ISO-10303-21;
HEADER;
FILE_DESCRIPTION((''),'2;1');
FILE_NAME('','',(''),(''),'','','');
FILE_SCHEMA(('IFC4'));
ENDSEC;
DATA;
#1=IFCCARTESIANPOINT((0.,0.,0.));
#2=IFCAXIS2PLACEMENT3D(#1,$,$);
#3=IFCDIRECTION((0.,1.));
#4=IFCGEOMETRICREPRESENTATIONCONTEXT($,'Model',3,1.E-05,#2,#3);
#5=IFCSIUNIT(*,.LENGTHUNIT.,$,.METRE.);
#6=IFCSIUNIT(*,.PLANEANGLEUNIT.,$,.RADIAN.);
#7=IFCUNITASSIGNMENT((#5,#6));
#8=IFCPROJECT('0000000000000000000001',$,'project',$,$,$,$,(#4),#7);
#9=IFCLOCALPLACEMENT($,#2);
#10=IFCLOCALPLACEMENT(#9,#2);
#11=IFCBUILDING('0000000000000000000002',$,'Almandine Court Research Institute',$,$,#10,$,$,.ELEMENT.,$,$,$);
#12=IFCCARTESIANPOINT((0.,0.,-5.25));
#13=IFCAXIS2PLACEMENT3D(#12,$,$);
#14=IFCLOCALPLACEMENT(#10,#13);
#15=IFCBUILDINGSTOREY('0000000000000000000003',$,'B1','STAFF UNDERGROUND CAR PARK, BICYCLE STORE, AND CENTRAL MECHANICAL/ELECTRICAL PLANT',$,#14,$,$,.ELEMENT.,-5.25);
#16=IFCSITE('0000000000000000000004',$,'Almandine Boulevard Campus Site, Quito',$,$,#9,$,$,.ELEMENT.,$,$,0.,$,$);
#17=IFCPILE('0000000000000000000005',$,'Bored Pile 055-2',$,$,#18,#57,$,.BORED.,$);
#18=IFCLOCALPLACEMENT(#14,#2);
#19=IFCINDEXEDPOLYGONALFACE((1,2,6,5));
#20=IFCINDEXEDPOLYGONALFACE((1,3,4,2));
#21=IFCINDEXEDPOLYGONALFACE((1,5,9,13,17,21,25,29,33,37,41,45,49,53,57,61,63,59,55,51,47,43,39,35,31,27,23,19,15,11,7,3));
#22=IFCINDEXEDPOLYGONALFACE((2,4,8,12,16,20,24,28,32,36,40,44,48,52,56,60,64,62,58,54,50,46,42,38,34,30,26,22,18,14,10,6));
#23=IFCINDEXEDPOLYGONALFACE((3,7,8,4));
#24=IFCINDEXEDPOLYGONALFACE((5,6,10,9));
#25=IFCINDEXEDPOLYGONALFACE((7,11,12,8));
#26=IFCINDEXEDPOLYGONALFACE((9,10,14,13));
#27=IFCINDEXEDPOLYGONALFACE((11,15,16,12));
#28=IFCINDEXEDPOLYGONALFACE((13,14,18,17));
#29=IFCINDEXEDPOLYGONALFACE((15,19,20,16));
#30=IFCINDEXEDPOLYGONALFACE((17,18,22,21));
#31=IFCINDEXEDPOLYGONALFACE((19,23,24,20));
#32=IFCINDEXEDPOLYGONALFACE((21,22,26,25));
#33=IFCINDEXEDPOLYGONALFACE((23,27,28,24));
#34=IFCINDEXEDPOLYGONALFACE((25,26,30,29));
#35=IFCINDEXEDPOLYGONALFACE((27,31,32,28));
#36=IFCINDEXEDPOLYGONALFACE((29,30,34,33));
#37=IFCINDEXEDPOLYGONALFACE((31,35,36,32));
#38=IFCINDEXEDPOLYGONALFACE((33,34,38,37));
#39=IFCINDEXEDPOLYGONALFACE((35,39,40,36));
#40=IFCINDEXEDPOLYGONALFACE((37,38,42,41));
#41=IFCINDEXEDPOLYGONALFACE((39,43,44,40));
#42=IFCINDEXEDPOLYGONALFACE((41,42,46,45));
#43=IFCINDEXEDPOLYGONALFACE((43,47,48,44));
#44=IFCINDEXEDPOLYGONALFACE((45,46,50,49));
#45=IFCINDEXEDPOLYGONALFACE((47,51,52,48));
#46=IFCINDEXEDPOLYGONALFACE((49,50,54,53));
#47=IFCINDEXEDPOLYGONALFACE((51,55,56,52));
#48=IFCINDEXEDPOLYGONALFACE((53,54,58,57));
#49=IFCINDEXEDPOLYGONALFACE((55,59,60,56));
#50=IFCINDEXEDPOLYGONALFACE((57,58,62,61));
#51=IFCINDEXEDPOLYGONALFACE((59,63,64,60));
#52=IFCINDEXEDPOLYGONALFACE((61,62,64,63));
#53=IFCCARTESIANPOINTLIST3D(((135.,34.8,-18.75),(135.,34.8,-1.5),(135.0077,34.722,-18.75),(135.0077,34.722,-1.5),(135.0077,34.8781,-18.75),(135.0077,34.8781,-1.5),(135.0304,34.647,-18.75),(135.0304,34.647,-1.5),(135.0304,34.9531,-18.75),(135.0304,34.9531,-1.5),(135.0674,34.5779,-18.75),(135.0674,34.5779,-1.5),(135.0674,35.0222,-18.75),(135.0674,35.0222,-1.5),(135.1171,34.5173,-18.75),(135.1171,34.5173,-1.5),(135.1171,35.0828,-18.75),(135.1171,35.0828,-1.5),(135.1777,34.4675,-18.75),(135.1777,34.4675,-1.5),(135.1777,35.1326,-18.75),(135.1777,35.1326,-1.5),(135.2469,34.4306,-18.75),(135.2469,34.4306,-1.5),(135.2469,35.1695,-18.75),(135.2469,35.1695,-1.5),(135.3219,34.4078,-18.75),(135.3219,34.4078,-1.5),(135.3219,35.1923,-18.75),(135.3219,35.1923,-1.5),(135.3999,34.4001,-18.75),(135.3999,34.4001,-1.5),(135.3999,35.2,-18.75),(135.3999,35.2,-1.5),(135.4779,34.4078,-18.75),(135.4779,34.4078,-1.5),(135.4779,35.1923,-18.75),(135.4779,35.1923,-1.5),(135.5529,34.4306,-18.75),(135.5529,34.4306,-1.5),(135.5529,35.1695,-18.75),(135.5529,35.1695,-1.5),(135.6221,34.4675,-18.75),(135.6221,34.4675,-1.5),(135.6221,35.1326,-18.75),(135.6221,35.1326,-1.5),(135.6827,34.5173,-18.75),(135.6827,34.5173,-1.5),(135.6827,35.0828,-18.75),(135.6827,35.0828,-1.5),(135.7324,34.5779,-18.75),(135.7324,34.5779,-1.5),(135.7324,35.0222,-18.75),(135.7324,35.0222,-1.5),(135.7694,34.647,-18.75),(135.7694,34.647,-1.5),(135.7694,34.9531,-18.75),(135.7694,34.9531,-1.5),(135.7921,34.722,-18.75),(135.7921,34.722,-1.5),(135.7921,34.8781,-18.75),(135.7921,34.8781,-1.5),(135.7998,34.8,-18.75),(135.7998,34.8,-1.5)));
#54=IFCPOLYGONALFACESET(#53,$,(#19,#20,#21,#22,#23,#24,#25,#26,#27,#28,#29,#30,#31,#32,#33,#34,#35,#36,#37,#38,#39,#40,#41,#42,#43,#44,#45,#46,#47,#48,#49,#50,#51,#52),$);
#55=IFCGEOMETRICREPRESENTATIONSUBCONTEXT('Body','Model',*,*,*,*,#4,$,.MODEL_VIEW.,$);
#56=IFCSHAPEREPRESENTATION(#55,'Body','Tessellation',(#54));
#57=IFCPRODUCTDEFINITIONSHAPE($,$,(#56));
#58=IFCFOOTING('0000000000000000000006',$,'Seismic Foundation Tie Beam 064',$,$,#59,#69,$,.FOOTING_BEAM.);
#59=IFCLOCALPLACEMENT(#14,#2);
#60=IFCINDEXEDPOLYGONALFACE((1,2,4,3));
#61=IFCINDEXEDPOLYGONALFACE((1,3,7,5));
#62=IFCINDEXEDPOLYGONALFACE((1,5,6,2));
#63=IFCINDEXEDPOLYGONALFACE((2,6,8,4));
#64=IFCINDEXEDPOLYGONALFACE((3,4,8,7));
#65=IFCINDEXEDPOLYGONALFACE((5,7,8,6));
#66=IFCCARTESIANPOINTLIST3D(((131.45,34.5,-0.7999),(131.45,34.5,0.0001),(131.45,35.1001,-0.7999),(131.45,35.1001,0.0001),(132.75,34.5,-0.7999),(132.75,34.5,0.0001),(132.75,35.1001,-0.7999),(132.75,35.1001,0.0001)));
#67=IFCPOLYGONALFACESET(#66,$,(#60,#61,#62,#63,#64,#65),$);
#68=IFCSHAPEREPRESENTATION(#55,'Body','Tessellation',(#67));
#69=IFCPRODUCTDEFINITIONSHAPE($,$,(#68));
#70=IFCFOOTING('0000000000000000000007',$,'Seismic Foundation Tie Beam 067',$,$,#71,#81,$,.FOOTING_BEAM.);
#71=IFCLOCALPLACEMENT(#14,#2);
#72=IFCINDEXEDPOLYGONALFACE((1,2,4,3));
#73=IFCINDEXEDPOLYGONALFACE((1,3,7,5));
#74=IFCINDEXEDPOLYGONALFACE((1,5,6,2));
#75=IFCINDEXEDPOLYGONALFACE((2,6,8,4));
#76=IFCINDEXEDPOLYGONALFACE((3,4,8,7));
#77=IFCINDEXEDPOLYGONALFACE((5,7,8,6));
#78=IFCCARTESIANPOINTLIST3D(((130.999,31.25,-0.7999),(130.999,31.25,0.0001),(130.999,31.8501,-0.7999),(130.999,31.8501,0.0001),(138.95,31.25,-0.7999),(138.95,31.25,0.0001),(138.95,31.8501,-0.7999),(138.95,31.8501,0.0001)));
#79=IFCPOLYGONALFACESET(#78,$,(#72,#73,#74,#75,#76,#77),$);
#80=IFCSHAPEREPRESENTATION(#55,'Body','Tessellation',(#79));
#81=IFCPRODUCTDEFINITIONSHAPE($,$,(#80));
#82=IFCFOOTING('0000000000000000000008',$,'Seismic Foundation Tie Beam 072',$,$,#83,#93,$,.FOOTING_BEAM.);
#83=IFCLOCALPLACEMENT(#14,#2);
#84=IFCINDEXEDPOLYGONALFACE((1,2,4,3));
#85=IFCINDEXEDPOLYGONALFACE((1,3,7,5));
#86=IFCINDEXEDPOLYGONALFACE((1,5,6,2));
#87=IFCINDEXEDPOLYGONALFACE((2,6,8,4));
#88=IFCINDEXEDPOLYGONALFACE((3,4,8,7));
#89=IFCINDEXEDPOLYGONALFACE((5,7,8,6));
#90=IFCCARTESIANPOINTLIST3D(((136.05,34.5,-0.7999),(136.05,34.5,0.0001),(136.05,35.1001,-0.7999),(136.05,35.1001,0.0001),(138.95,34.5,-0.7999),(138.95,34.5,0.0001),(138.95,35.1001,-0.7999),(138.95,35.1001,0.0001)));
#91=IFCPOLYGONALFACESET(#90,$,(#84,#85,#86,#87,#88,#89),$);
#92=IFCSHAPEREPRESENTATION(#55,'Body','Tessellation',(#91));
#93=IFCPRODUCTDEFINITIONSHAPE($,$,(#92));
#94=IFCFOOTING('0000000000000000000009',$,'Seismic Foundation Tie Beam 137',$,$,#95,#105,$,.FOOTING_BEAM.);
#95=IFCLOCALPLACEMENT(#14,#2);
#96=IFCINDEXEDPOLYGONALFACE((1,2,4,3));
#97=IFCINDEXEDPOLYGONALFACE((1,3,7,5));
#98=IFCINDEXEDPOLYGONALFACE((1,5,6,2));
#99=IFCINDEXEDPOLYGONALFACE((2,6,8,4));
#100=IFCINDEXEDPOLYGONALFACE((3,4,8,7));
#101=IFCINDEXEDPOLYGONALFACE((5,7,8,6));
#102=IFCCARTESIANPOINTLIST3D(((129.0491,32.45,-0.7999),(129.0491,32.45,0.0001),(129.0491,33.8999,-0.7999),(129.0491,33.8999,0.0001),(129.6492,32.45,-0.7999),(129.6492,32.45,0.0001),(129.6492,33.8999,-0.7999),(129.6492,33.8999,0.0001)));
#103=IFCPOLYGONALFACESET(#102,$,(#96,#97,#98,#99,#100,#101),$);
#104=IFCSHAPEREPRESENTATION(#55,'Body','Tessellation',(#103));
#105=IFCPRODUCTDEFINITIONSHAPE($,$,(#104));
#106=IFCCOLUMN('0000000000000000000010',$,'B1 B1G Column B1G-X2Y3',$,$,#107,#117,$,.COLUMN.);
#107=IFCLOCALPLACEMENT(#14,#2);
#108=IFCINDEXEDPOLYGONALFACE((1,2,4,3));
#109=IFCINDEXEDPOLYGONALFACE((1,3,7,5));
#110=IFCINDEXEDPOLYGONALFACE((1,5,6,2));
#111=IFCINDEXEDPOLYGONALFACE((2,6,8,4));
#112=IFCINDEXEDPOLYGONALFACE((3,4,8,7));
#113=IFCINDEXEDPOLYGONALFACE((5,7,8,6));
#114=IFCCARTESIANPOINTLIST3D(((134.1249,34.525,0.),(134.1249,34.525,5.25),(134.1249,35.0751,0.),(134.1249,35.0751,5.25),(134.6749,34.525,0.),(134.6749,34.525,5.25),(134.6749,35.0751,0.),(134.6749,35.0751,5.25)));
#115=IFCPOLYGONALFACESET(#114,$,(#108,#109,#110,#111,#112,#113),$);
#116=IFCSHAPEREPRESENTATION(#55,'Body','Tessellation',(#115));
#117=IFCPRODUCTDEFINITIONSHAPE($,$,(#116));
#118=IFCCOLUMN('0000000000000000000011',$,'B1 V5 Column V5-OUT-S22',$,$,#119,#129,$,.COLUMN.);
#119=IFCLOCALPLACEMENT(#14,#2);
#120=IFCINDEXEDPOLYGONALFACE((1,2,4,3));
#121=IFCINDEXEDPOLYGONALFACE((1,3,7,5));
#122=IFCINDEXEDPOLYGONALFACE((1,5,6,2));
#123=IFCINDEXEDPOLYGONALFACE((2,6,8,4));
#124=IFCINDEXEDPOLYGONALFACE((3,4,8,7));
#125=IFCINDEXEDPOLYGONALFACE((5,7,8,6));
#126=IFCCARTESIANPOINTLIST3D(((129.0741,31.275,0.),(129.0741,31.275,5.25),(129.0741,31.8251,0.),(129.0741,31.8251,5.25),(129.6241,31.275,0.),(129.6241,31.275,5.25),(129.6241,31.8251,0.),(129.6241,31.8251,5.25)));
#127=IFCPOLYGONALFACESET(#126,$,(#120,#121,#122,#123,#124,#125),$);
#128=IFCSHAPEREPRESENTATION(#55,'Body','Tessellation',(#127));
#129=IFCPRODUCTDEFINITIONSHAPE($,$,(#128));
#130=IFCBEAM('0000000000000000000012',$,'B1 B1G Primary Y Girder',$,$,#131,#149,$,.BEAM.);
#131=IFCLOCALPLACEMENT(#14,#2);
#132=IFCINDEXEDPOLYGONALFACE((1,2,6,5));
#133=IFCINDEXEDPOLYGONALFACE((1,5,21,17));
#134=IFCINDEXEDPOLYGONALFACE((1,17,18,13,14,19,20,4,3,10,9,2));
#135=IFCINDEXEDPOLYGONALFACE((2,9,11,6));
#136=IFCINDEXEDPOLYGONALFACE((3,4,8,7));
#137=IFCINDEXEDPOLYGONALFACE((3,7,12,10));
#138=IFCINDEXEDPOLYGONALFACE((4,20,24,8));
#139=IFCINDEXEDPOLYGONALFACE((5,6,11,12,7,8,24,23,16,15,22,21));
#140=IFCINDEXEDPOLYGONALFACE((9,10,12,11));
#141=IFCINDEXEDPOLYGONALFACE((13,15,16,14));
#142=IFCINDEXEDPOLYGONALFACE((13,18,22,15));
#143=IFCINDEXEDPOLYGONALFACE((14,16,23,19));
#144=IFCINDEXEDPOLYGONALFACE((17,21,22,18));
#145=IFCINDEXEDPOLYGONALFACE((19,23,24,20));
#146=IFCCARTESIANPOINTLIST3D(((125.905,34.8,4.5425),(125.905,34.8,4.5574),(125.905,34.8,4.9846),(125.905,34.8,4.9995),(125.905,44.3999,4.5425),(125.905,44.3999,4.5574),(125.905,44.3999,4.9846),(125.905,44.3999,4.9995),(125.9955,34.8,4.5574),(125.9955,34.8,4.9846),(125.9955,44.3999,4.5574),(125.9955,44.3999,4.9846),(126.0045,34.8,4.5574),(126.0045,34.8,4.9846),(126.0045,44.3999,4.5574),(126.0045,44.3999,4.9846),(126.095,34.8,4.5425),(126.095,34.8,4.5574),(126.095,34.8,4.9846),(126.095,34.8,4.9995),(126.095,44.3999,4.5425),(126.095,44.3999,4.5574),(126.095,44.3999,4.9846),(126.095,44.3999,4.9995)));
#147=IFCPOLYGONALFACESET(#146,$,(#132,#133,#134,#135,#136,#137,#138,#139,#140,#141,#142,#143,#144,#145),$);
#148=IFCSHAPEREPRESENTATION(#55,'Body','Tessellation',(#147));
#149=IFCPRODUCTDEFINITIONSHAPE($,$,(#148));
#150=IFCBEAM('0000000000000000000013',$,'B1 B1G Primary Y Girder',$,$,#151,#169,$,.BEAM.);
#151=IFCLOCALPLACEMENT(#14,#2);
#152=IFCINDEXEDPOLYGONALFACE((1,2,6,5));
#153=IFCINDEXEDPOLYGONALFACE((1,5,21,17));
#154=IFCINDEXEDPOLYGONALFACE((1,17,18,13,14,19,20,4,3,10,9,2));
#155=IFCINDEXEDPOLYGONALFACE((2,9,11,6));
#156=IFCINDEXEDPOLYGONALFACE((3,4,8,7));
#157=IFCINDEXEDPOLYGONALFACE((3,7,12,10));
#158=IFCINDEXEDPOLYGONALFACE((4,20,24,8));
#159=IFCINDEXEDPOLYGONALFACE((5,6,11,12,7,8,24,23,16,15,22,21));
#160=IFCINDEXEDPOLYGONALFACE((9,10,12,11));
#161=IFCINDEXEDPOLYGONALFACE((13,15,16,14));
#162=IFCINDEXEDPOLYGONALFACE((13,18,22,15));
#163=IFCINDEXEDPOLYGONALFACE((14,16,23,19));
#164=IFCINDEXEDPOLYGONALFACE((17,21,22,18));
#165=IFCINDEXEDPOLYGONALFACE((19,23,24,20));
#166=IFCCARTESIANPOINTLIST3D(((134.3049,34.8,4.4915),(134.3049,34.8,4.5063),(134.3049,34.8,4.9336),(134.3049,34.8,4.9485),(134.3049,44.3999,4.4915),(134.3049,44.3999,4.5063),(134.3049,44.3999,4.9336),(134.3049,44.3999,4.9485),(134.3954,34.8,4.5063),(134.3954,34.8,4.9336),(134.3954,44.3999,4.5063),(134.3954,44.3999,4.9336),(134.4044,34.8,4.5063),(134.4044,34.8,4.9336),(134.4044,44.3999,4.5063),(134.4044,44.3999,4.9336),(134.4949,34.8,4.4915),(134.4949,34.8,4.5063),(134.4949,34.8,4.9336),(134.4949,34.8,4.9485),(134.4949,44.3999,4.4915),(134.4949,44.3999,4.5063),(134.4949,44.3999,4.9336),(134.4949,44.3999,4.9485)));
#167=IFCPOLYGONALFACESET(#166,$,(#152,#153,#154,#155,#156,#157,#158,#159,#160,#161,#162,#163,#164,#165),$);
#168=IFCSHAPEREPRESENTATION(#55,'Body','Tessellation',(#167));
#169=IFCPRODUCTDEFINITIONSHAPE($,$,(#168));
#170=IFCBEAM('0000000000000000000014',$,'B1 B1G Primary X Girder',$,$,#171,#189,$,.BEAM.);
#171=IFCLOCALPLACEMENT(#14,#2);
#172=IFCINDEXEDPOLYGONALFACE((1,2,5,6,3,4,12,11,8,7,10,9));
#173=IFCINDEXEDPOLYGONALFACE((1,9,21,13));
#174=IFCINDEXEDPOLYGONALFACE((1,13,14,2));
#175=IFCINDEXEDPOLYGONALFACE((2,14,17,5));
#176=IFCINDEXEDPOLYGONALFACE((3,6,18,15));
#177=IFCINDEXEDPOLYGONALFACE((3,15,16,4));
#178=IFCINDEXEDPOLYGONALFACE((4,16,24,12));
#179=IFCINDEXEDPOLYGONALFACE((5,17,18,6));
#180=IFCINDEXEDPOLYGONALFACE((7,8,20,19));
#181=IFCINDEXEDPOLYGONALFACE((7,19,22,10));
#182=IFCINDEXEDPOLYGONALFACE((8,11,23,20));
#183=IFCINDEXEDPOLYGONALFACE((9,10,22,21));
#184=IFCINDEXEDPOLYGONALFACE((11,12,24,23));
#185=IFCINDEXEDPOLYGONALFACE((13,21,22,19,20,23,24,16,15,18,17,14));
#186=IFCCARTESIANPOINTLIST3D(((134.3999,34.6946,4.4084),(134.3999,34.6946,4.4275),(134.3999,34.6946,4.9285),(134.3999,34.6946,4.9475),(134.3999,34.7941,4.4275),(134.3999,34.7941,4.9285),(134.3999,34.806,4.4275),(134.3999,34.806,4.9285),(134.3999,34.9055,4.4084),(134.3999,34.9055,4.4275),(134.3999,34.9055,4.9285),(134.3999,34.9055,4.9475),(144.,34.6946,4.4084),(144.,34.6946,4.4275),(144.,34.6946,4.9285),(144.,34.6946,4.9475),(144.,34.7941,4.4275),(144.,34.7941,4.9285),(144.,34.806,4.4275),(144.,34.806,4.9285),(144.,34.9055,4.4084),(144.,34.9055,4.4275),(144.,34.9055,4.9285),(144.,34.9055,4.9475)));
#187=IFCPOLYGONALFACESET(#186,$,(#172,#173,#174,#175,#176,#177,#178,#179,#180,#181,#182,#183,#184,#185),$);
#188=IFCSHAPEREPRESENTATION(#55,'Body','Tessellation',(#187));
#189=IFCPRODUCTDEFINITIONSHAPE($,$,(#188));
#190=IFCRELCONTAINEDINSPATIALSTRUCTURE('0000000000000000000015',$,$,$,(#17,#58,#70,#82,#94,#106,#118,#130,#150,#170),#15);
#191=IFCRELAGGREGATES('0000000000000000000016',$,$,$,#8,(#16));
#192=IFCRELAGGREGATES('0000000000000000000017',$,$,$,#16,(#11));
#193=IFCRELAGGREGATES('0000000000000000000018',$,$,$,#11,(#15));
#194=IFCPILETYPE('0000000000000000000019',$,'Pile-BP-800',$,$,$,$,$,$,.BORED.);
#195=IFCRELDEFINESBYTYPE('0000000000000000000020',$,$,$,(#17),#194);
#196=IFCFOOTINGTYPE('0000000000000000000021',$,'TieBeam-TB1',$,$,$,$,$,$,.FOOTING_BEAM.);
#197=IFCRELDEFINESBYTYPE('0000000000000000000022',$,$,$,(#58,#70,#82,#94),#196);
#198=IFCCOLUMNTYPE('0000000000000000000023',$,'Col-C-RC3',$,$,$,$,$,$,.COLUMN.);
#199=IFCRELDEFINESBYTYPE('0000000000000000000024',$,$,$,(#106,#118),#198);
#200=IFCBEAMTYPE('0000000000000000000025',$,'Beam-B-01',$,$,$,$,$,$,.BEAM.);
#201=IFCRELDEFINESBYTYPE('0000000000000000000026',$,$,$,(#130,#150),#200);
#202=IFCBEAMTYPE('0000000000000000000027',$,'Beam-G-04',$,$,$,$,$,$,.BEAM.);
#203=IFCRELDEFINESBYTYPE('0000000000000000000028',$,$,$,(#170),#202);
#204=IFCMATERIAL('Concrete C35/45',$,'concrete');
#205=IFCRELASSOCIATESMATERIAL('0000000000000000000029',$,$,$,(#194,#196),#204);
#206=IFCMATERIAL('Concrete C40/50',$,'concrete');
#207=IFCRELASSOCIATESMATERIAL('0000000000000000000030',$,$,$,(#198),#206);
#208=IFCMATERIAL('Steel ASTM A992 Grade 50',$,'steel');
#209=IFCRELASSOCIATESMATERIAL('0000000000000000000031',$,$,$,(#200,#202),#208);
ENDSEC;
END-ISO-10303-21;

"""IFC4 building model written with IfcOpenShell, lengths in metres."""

from ifc_helpers import new_model, si_unit, direction, frame, origin, origin_2d, place, context, subcontext, project, spatial, rectangle, circle, i_section, extrude, material, material_profile, profile_set, type_object, element, save


model = new_model("IFC4")

# Units and contexts
model_context = context("Model", 3, precision=1e-05, world=origin(), true_north=direction((0.0, 1.0)))
body_context = subcontext(model_context, "Body", "Model", "MODEL_VIEW")
ifc_project = project(units=[si_unit("LENGTHUNIT", "METRE"), si_unit("PLANEANGLEUNIT", "RADIAN")], contexts=[model_context])

# Site, building, storey
site_placement = place(None, origin())
site = spatial("IfcSite", under=ifc_project, at=site_placement, Name="Almandine Boulevard Campus Site, Quito", CompositionType="ELEMENT", RefElevation=0.0)
building_placement = place(site_placement, origin())
building = spatial("IfcBuilding", under=site, at=building_placement, Name="Almandine Court Research Institute", CompositionType="ELEMENT")
storey_placement = place(building_placement, frame((0.0, 0.0, -5.25)))
storey = spatial("IfcBuildingStorey", under=building, at=storey_placement, Name="B1", Description="STAFF UNDERGROUND CAR PARK, BICYCLE STORE, AND CENTRAL MECHANICAL/ELECTRICAL PLANT", CompositionType="ELEMENT", Elevation=-5.25)

# Shared definitions
ifc_material_1 = material(Name="Concrete C35/45", Category="concrete")

# Pile
ifc_material_profile_1 = material_profile(ifc_material_1, circle(Radius=0.3999, at=origin_2d()), Name="BORED PILE D800")
ifc_profile_set_1 = profile_set([ifc_material_profile_1], Name="Concrete C35/45")
pile_type_1 = type_object("IfcPileType", Name="Pile-BP-800", PredefinedType="BORED", material=ifc_profile_set_1)
for number, where, z_axis, x_axis, name in (
    (1, (135.3999, 34.8, -1.5), (0.0, 0.0, -1.0), (1.0, 0.0, 0.0), "Bored Pile 055-2"),
):
    element("IfcPile", number, at=place(storey_placement, frame(where, z_axis=z_axis, x_axis=x_axis)), inside=storey, type_object=pile_type_1, Name=name, PredefinedType="BORED", context=body_context, shape_type="SweptSolid", body=[
        extrude(circle(Radius=0.3999, at=origin_2d()), origin(), (0.0, 0.0, 1.0), 17.25),
    ])

# Footings
ifc_material_profile_2 = material_profile(ifc_material_1, rectangle(XDim=0.6001, YDim=0.8, at=origin_2d()), Name="RC TIE 600x800")
ifc_profile_set_2 = profile_set([ifc_material_profile_2], Name="Concrete C35/45")
footing_type_1 = type_object("IfcFootingType", Name="TieBeam-TB1", PredefinedType="FOOTING_BEAM", material=ifc_profile_set_2)
footing_1_placement = place(storey_placement, frame((131.45, 34.8, -0.3999), z_axis=(1.0, 0.0, 0.0), x_axis=(0.0, 1.0, 0.0)))
element("IfcFooting", 2, at=footing_1_placement, inside=storey, type_object=footing_type_1, Name="Seismic Foundation Tie Beam 064", PredefinedType="FOOTING_BEAM", context=body_context, shape_type="SweptSolid", body=[
    extrude(rectangle(XDim=0.6001, YDim=0.8, at=origin_2d()), origin(), (0.0, 0.0, 1.0), 1.3),
])
footing_2_placement = place(storey_placement, frame((130.999, 31.55, -0.3999), z_axis=(1.0, 0.0, 0.0), x_axis=(0.0, 1.0, 0.0)))
element("IfcFooting", 3, at=footing_2_placement, inside=storey, type_object=footing_type_1, Name="Seismic Foundation Tie Beam 067", PredefinedType="FOOTING_BEAM", context=body_context, shape_type="SweptSolid", body=[
    extrude(rectangle(XDim=0.6001, YDim=0.8, at=origin_2d()), origin(), (0.0, 0.0, 1.0), 7.9509),
])
footing_3_placement = place(storey_placement, frame((136.05, 34.8, -0.3999), z_axis=(1.0, 0.0, 0.0), x_axis=(0.0, 1.0, 0.0)))
element("IfcFooting", 4, at=footing_3_placement, inside=storey, type_object=footing_type_1, Name="Seismic Foundation Tie Beam 072", PredefinedType="FOOTING_BEAM", context=body_context, shape_type="SweptSolid", body=[
    extrude(rectangle(XDim=0.6001, YDim=0.8, at=origin_2d()), origin(), (0.0, 0.0, 1.0), 2.8999),
])
footing_4_placement = place(storey_placement, frame((129.3491, 32.45, -0.3999), z_axis=(0.0, 1.0, 0.0), x_axis=(-1.0, 0.0, 0.0)))
element("IfcFooting", 5, at=footing_4_placement, inside=storey, type_object=footing_type_1, Name="Seismic Foundation Tie Beam 137", PredefinedType="FOOTING_BEAM", context=body_context, shape_type="SweptSolid", body=[
    extrude(rectangle(XDim=0.6001, YDim=0.8, at=origin_2d()), origin(), (0.0, 0.0, 1.0), 1.45),
])

# Columns
ifc_material_2 = material(Name="Concrete C40/50", Category="concrete")
ifc_material_profile_3 = material_profile(ifc_material_2, rectangle(XDim=0.55, YDim=0.55, at=origin_2d()), Name="RC 550x550")
ifc_profile_set_3 = profile_set([ifc_material_profile_3], Name="Concrete C40/50")
column_type = type_object("IfcColumnType", Name="Col-C-RC3", PredefinedType="COLUMN", material=ifc_profile_set_3)
for number, where, z_axis, x_axis, name in (
    (6, (134.3999, 34.8, 0.0), (0.0, 0.0, 1.0), (1.0, 0.0, 0.0), "B1 B1G Column B1G-X2Y3"),
    (7, (129.3491, 31.55, 0.0), (0.0, 0.0, 1.0), (1.0, 0.0, 0.0), "B1 V5 Column V5-OUT-S22"),
):
    element("IfcColumn", number, at=place(storey_placement, frame(where, z_axis=z_axis, x_axis=x_axis)), inside=storey, type_object=column_type, Name=name, PredefinedType="COLUMN", context=body_context, shape_type="SweptSolid", body=[
        extrude(rectangle(XDim=0.55, YDim=0.55, at=origin_2d()), origin(), (0.0, 0.0, 1.0), 5.25),
    ])

# Beams
ifc_material_3 = material(Name="Steel ASTM A992 Grade 50", Category="steel")
ifc_material_profile_4 = material_profile(ifc_material_3, i_section(OverallWidth=0.1899, OverallDepth=0.457, WebThickness=0.009, FlangeThickness=0.0149, at=origin_2d()), Name="W460x74")
ifc_profile_set_4 = profile_set([ifc_material_profile_4], Name="Steel ASTM A992 Grade 50")
beam_type_1 = type_object("IfcBeamType", Name="Beam-B-01", PredefinedType="BEAM", material=ifc_profile_set_4)
for number, where, z_axis, x_axis, name in (
    (8, (126.0, 34.8, 4.771), (0.0, 1.0, 0.0), (-1.0, 0.0, 0.0), "B1 B1G Primary Y Girder"),
    (9, (134.3999, 34.8, 4.72), (0.0, 1.0, 0.0), (-1.0, 0.0, 0.0), "B1 B1G Primary Y Girder"),
):
    element("IfcBeam", number, at=place(storey_placement, frame(where, z_axis=z_axis, x_axis=x_axis)), inside=storey, type_object=beam_type_1, Name=name, PredefinedType="BEAM", context=body_context, shape_type="SweptSolid", body=[
        extrude(i_section(OverallWidth=0.1899, OverallDepth=0.457, WebThickness=0.009, FlangeThickness=0.0149, at=origin_2d()), origin(), (0.0, 0.0, 1.0), 9.5999),
    ])
ifc_material_profile_5 = material_profile(ifc_material_3, i_section(OverallWidth=0.2109, OverallDepth=0.5391, WebThickness=0.012, FlangeThickness=0.019, at=origin_2d()), Name="W530x109")
ifc_profile_set_5 = profile_set([ifc_material_profile_5], Name="Steel ASTM A992 Grade 50")
beam_type_2 = type_object("IfcBeamType", Name="Beam-G-04", PredefinedType="BEAM", material=ifc_profile_set_5)
beam_placement = place(storey_placement, frame((134.3999, 34.8, 4.678), z_axis=(1.0, 0.0, 0.0), x_axis=(0.0, 1.0, 0.0)))
element("IfcBeam", 10, at=beam_placement, inside=storey, type_object=beam_type_2, Name="B1 B1G Primary X Girder", PredefinedType="BEAM", context=body_context, shape_type="SweptSolid", body=[
    extrude(i_section(OverallWidth=0.2109, OverallDepth=0.5391, WebThickness=0.012, FlangeThickness=0.019, at=origin_2d()), origin(), (0.0, 0.0, 1.0), 9.6001),
])

save(model, "model.ifc")
